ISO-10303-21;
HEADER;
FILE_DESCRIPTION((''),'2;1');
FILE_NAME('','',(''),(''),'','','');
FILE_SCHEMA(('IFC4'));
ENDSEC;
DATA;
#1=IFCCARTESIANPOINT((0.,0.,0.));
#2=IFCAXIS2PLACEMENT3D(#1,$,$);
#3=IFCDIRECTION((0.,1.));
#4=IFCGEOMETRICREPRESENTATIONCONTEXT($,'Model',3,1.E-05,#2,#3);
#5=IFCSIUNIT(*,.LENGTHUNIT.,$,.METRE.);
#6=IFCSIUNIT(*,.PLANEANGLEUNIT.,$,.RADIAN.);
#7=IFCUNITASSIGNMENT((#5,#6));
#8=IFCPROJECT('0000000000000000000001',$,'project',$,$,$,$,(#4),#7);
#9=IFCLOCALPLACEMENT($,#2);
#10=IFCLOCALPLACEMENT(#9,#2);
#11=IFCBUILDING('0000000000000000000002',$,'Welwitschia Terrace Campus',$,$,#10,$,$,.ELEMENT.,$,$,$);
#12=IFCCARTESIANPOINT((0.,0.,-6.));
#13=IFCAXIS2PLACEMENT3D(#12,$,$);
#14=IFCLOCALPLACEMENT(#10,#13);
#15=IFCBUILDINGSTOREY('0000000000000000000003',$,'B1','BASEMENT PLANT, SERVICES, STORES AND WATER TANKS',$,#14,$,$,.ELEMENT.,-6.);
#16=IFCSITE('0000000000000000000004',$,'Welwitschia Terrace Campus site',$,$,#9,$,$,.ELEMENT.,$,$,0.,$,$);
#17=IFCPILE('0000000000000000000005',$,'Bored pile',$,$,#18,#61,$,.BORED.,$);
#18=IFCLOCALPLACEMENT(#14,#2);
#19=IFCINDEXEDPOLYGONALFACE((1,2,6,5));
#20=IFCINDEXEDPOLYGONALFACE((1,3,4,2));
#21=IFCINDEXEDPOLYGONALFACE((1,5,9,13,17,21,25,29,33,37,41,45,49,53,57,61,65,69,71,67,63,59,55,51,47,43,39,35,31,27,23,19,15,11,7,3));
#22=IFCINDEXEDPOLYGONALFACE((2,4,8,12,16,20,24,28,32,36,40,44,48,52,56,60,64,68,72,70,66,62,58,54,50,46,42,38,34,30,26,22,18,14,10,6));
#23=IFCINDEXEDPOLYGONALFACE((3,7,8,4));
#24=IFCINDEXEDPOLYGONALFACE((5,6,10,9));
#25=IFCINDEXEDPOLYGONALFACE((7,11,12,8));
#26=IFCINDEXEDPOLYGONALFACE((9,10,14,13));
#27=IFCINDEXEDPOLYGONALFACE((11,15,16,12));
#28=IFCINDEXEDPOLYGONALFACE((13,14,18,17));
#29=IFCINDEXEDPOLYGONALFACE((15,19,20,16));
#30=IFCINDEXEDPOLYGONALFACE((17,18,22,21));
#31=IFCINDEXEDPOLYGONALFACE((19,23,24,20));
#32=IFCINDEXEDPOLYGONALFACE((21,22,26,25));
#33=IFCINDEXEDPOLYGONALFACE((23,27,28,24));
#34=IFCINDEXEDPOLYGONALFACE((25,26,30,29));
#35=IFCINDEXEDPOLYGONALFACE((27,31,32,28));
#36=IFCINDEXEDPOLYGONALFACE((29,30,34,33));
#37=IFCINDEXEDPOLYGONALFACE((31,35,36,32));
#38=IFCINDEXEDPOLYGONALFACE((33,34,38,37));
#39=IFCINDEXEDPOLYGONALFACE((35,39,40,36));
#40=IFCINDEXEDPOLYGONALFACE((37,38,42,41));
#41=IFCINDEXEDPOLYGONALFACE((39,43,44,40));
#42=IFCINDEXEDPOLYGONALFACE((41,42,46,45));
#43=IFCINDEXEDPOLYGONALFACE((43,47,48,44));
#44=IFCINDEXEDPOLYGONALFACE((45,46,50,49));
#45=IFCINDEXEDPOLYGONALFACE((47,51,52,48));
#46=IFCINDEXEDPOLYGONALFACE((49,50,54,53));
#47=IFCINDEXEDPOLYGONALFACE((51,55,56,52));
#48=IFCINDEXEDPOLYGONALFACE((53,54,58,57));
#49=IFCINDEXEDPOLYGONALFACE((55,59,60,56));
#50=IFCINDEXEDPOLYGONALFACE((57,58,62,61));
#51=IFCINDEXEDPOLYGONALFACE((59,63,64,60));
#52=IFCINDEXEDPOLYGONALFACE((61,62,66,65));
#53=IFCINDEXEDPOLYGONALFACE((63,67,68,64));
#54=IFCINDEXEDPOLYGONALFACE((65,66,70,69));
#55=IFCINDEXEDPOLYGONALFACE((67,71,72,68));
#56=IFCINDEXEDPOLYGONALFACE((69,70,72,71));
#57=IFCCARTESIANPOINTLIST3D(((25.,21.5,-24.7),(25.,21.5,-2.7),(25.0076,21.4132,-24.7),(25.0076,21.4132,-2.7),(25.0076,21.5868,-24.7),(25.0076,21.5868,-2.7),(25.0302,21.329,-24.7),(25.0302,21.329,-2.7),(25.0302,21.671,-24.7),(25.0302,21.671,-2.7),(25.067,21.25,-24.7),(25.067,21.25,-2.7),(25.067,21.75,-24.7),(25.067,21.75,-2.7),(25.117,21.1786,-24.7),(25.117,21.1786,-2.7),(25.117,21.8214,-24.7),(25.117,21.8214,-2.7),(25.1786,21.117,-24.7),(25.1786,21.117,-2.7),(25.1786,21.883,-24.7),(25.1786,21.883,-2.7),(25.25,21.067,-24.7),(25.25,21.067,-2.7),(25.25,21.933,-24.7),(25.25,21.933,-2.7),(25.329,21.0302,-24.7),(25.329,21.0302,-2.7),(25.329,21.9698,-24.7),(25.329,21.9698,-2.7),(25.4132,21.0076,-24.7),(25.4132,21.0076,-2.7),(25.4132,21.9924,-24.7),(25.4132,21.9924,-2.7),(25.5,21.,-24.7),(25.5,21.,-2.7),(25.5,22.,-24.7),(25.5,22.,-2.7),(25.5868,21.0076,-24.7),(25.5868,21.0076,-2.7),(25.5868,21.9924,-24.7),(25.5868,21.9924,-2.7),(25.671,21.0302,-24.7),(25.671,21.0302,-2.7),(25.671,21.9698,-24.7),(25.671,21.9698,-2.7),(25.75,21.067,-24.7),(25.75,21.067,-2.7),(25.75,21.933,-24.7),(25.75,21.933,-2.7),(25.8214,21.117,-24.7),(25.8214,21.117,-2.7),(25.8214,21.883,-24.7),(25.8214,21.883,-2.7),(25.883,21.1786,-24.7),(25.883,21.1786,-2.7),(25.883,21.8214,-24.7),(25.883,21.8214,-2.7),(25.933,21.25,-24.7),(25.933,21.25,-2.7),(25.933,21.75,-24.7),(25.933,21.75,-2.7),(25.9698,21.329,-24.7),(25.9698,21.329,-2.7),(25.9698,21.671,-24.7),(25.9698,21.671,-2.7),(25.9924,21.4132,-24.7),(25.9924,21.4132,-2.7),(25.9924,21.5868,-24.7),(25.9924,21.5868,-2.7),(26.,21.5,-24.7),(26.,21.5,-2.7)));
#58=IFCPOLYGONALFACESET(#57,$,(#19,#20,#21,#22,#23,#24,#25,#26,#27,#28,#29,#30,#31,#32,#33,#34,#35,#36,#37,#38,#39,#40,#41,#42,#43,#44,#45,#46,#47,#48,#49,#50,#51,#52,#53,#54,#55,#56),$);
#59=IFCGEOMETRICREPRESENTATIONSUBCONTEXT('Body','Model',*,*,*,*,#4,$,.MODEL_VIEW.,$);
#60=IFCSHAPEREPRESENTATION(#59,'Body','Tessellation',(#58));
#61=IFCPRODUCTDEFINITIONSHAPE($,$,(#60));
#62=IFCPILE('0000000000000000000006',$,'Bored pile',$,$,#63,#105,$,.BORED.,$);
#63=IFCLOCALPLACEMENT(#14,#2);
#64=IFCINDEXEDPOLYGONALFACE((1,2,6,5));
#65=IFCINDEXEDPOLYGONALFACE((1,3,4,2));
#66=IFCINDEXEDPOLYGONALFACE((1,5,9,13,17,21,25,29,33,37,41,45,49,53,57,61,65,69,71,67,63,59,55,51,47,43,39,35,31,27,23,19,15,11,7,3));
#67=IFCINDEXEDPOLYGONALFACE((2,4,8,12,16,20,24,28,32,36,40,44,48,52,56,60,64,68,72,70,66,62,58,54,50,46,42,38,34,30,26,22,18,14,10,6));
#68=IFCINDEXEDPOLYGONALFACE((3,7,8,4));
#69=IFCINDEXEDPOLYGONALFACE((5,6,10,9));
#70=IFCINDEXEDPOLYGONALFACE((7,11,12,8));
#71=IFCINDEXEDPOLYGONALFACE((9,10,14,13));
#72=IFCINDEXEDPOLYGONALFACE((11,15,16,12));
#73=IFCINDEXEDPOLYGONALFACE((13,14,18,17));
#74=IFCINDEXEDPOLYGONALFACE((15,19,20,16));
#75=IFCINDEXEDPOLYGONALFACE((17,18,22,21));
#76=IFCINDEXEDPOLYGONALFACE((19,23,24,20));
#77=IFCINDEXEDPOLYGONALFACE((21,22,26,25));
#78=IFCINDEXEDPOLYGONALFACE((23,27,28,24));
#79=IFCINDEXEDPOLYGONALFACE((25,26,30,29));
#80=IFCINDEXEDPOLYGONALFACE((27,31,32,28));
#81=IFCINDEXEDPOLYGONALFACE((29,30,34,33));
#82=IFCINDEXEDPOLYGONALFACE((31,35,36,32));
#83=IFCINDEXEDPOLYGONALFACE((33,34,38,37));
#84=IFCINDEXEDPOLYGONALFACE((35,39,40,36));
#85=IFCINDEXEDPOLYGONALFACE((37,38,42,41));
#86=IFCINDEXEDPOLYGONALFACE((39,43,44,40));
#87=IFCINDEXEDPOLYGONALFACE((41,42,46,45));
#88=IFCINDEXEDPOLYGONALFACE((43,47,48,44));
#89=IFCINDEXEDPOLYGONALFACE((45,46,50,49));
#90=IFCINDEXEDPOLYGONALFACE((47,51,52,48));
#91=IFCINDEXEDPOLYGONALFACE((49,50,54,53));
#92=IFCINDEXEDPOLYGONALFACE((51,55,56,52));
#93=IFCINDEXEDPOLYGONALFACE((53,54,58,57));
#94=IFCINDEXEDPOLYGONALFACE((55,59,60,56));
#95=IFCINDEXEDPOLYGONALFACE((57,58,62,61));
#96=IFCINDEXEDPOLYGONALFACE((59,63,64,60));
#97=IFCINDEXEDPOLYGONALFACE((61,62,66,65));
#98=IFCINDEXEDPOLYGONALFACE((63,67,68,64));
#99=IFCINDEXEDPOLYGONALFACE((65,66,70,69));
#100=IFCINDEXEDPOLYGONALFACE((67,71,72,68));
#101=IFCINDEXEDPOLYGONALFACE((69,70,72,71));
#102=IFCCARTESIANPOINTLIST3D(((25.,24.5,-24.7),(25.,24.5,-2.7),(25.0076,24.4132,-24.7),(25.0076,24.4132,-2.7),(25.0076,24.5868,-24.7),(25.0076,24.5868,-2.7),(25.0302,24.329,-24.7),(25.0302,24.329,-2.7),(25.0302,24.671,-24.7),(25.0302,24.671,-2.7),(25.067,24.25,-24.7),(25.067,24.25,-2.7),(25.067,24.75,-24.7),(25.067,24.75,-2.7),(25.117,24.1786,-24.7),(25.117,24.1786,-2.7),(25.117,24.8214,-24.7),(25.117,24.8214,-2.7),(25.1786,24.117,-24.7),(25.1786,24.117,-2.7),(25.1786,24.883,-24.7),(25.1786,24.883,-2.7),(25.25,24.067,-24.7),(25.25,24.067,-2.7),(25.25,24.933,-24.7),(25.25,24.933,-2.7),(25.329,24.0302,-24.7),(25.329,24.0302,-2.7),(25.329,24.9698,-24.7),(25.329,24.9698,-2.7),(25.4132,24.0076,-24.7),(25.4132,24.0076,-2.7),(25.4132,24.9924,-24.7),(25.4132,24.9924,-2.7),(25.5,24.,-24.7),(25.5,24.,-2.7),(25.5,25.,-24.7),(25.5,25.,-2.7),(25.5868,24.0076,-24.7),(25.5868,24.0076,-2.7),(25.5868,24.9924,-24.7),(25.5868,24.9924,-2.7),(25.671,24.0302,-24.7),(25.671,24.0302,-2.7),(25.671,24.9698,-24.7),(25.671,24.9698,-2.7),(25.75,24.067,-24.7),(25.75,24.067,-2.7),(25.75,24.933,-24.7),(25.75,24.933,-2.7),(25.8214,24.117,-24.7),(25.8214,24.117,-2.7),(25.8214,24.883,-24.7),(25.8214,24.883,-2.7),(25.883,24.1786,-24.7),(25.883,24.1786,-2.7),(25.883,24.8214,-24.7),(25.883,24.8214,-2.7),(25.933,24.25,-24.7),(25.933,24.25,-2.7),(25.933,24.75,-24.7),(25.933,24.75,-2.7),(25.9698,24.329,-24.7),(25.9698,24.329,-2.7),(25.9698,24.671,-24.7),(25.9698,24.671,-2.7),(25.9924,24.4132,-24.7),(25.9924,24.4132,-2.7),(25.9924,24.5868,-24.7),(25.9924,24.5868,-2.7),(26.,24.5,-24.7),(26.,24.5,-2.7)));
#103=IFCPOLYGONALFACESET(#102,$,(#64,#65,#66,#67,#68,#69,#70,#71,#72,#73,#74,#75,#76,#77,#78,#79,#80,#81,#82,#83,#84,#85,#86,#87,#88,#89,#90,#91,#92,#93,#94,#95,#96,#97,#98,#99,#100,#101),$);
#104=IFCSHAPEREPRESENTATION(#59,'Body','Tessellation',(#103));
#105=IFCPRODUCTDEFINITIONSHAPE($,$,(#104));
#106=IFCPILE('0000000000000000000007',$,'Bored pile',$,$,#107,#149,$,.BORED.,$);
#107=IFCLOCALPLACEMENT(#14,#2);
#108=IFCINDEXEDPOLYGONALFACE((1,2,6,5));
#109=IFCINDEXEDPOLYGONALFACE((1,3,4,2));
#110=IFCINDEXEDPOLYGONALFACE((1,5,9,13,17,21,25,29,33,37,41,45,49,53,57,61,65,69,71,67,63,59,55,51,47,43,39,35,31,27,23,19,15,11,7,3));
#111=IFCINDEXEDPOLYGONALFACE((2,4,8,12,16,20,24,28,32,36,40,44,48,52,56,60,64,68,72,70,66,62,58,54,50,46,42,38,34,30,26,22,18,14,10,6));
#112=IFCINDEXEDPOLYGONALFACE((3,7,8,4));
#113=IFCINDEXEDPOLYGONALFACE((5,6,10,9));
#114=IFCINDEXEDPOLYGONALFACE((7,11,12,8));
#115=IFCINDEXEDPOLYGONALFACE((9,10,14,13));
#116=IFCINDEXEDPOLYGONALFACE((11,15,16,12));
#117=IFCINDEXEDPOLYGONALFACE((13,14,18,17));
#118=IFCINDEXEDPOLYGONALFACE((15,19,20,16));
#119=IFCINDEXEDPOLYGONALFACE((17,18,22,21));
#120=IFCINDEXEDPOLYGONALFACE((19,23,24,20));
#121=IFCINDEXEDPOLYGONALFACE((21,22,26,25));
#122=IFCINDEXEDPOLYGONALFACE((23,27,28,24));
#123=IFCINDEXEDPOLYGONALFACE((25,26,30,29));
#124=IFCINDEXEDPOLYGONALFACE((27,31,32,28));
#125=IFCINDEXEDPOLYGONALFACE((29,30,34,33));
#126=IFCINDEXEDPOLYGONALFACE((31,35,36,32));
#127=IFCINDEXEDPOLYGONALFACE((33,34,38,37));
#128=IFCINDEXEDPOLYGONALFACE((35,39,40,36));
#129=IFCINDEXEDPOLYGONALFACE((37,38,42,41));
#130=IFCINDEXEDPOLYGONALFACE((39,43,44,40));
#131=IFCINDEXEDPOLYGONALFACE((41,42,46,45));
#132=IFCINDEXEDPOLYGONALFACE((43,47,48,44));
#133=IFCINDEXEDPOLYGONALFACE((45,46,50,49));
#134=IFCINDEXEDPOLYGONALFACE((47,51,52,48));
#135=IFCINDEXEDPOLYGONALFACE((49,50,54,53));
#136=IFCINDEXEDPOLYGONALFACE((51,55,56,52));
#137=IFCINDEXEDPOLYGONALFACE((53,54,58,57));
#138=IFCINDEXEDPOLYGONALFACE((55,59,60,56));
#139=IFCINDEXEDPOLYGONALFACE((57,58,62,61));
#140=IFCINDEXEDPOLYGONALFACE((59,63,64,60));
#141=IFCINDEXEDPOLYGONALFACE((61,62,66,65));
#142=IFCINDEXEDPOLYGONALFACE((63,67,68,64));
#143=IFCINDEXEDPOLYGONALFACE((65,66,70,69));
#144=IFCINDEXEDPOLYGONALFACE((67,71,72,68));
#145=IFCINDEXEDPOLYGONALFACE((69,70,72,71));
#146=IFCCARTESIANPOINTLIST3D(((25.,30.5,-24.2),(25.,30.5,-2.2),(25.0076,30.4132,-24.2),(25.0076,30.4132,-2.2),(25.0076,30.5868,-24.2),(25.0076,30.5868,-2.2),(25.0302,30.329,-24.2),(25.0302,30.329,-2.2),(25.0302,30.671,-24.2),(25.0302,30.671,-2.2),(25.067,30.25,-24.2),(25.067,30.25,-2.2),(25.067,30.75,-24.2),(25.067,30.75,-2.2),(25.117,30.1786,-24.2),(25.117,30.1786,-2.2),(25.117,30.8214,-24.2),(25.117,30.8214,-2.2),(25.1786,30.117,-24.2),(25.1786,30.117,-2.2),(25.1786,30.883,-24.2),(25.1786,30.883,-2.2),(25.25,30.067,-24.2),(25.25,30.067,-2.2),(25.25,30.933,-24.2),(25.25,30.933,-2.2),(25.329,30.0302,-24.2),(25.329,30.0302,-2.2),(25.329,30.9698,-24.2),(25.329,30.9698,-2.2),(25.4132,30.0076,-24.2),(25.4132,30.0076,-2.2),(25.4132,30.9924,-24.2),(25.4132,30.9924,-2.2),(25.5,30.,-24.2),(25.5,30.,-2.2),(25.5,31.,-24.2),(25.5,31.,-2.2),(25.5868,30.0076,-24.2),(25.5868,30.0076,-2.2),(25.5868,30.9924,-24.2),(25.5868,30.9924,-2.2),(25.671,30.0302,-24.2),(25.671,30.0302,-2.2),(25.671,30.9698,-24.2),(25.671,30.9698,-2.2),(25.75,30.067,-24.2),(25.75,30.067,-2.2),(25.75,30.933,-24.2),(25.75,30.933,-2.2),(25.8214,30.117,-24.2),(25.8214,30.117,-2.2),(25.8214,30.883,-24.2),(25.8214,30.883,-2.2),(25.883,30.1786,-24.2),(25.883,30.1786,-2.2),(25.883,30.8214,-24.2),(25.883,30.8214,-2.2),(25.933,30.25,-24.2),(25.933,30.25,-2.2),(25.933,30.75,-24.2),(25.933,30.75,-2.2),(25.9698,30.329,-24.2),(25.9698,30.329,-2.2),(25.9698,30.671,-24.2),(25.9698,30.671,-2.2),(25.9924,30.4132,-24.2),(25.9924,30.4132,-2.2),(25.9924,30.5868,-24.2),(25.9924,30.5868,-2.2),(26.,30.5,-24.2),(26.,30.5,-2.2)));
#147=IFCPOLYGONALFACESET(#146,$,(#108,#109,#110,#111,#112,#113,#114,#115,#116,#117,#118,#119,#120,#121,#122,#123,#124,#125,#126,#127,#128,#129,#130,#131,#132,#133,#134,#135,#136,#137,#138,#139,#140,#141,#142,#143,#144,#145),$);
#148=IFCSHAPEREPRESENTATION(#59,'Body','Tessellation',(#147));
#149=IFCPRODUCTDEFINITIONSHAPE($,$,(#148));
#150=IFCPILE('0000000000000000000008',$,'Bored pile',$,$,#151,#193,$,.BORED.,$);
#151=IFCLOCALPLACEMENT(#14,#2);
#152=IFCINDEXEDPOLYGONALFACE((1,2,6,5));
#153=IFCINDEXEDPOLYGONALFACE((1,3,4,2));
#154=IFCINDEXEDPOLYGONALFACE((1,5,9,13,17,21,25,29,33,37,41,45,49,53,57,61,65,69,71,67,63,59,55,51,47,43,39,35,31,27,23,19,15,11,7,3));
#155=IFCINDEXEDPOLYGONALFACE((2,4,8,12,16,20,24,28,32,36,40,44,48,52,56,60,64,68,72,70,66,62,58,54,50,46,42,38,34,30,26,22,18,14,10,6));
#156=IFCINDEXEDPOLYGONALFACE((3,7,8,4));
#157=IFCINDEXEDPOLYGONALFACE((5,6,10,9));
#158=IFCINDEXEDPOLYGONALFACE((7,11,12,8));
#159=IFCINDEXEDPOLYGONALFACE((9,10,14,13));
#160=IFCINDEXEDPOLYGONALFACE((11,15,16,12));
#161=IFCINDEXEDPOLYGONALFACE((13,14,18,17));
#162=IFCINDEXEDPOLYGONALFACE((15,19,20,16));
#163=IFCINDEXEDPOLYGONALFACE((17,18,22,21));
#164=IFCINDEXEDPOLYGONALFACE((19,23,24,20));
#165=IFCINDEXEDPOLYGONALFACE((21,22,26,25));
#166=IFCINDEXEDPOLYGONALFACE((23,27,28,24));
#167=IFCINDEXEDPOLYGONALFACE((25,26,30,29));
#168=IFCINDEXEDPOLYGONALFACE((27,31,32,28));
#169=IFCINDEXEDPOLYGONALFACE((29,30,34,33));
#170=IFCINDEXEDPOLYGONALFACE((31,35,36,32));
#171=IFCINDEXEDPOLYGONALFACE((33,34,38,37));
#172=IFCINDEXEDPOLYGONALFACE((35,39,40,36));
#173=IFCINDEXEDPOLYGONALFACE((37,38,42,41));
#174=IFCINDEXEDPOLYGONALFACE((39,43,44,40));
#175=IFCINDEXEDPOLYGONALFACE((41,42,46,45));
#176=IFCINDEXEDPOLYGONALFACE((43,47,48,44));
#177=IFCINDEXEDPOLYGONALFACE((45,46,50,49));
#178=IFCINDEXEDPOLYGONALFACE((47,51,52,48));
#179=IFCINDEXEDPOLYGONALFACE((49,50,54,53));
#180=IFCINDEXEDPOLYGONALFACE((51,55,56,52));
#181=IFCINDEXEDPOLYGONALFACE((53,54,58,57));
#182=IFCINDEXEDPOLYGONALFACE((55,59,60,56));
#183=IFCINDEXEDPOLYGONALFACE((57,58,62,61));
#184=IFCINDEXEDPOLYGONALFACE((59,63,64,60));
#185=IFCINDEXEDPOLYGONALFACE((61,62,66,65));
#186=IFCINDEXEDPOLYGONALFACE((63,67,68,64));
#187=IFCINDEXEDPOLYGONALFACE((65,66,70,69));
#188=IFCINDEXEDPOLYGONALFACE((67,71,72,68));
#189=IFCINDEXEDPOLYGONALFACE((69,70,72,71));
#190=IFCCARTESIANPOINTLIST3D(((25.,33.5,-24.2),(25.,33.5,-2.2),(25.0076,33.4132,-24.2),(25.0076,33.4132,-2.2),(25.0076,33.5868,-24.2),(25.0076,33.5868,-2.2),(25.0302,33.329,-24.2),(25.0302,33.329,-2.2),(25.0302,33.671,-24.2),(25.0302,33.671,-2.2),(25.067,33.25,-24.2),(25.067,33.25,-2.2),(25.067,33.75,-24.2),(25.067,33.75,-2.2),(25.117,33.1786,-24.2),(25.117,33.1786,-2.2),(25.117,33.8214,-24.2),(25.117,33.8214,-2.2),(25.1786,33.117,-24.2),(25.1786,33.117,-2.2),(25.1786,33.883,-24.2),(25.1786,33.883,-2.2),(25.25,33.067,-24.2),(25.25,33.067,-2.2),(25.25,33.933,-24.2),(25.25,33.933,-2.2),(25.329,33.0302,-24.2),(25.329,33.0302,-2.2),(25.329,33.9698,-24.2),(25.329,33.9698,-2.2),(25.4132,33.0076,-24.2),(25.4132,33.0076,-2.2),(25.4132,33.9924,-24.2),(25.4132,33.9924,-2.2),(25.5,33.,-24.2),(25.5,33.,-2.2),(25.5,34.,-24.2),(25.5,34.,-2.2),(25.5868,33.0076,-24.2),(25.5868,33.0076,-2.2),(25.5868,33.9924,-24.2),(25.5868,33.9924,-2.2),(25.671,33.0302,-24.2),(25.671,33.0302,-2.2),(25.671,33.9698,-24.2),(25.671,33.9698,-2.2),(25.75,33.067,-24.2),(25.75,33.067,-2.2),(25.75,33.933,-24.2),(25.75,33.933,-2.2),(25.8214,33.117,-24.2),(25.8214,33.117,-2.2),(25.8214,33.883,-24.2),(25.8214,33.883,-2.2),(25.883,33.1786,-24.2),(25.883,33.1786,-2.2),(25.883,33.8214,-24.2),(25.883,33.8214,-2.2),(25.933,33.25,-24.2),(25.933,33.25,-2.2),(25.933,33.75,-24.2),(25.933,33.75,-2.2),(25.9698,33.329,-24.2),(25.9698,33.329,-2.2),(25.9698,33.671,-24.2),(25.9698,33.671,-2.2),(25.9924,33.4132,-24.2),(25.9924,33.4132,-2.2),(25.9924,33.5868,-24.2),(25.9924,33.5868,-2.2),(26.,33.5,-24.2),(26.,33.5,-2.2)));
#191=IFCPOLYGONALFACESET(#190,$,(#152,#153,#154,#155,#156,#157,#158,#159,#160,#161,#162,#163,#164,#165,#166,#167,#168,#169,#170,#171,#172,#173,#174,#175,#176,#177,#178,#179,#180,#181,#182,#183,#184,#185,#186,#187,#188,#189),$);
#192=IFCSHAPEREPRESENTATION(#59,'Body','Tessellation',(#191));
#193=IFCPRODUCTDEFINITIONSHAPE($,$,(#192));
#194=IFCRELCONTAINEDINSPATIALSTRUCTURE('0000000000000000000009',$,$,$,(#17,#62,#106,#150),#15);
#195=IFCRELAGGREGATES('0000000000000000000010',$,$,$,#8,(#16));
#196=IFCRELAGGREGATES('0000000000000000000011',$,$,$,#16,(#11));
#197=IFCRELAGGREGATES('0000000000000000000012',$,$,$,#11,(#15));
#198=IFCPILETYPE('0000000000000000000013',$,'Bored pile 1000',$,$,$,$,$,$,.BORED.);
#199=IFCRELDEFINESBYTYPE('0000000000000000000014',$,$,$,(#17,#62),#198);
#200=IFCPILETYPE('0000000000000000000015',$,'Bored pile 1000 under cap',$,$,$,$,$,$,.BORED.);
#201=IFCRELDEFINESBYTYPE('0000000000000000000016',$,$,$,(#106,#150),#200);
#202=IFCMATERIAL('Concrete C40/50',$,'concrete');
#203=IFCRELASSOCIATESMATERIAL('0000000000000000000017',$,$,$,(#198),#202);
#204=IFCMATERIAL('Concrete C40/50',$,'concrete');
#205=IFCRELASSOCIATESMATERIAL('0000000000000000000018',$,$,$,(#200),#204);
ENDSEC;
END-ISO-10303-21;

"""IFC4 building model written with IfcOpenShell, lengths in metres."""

from ifc_helpers import new_model, si_unit, direction, frame, origin, origin_2d, place, context, subcontext, project, spatial, circle, extrude, material, type_object, element, save


model = new_model("IFC4")

# Units and contexts
model_context = context("Model", 3, precision=1e-05, world=origin(), true_north=direction((0.0, 1.0)))
body_context = subcontext(model_context, "Body", "Model", "MODEL_VIEW")
ifc_project = project(units=[si_unit("LENGTHUNIT", "METRE"), si_unit("PLANEANGLEUNIT", "RADIAN")], contexts=[model_context])

# Site, building, storey
site_placement = place(None, origin())
site = spatial("IfcSite", under=ifc_project, at=site_placement, Name="Welwitschia Terrace Campus site", CompositionType="ELEMENT", RefElevation=0.0)
building_placement = place(site_placement, origin())
building = spatial("IfcBuilding", under=site, at=building_placement, Name="Welwitschia Terrace Campus", CompositionType="ELEMENT")
storey_placement = place(building_placement, frame((0.0, 0.0, -6.0)))
storey = spatial("IfcBuildingStorey", under=building, at=storey_placement, Name="B1", Description="BASEMENT PLANT, SERVICES, STORES AND WATER TANKS", CompositionType="ELEMENT", Elevation=-6.0)

# Piles
ifc_material_1 = material(Name="Concrete C40/50", Category="concrete")
pile_type_1 = type_object("IfcPileType", Name="Bored pile 1000", PredefinedType="BORED", material=ifc_material_1)
for number, where, z_axis, x_axis, name in (
    (1, (25.5, 21.5, -2.7), (0.0, 0.0, -1.0), (1.0, 0.0, 0.0), "Bored pile"),
    (2, (25.5, 24.5, -2.7), (0.0, 0.0, -1.0), (1.0, 0.0, 0.0), "Bored pile"),
):
    element("IfcPile", number, at=place(storey_placement, frame(where, z_axis=z_axis, x_axis=x_axis)), inside=storey, type_object=pile_type_1, Name=name, PredefinedType="BORED", context=body_context, shape_type="SweptSolid", body=[
        extrude(circle(Radius=0.5, at=origin_2d()), origin(), (0.0, 0.0, 1.0), 22.0),
    ])
ifc_material_2 = material(Name="Concrete C40/50", Category="concrete")
pile_type_2 = type_object("IfcPileType", Name="Bored pile 1000 under cap", PredefinedType="BORED", material=ifc_material_2)
for number, where, z_axis, x_axis, name in (
    (3, (25.5, 30.5, -2.2), (0.0, 0.0, -1.0), (1.0, 0.0, 0.0), "Bored pile"),
    (4, (25.5, 33.5, -2.2), (0.0, 0.0, -1.0), (1.0, 0.0, 0.0), "Bored pile"),
):
    element("IfcPile", number, at=place(storey_placement, frame(where, z_axis=z_axis, x_axis=x_axis)), inside=storey, type_object=pile_type_2, Name=name, PredefinedType="BORED", context=body_context, shape_type="SweptSolid", body=[
        extrude(circle(Radius=0.5, at=origin_2d()), origin(), (0.0, 0.0, 1.0), 22.0),
    ])

save(model, "model.ifc")
